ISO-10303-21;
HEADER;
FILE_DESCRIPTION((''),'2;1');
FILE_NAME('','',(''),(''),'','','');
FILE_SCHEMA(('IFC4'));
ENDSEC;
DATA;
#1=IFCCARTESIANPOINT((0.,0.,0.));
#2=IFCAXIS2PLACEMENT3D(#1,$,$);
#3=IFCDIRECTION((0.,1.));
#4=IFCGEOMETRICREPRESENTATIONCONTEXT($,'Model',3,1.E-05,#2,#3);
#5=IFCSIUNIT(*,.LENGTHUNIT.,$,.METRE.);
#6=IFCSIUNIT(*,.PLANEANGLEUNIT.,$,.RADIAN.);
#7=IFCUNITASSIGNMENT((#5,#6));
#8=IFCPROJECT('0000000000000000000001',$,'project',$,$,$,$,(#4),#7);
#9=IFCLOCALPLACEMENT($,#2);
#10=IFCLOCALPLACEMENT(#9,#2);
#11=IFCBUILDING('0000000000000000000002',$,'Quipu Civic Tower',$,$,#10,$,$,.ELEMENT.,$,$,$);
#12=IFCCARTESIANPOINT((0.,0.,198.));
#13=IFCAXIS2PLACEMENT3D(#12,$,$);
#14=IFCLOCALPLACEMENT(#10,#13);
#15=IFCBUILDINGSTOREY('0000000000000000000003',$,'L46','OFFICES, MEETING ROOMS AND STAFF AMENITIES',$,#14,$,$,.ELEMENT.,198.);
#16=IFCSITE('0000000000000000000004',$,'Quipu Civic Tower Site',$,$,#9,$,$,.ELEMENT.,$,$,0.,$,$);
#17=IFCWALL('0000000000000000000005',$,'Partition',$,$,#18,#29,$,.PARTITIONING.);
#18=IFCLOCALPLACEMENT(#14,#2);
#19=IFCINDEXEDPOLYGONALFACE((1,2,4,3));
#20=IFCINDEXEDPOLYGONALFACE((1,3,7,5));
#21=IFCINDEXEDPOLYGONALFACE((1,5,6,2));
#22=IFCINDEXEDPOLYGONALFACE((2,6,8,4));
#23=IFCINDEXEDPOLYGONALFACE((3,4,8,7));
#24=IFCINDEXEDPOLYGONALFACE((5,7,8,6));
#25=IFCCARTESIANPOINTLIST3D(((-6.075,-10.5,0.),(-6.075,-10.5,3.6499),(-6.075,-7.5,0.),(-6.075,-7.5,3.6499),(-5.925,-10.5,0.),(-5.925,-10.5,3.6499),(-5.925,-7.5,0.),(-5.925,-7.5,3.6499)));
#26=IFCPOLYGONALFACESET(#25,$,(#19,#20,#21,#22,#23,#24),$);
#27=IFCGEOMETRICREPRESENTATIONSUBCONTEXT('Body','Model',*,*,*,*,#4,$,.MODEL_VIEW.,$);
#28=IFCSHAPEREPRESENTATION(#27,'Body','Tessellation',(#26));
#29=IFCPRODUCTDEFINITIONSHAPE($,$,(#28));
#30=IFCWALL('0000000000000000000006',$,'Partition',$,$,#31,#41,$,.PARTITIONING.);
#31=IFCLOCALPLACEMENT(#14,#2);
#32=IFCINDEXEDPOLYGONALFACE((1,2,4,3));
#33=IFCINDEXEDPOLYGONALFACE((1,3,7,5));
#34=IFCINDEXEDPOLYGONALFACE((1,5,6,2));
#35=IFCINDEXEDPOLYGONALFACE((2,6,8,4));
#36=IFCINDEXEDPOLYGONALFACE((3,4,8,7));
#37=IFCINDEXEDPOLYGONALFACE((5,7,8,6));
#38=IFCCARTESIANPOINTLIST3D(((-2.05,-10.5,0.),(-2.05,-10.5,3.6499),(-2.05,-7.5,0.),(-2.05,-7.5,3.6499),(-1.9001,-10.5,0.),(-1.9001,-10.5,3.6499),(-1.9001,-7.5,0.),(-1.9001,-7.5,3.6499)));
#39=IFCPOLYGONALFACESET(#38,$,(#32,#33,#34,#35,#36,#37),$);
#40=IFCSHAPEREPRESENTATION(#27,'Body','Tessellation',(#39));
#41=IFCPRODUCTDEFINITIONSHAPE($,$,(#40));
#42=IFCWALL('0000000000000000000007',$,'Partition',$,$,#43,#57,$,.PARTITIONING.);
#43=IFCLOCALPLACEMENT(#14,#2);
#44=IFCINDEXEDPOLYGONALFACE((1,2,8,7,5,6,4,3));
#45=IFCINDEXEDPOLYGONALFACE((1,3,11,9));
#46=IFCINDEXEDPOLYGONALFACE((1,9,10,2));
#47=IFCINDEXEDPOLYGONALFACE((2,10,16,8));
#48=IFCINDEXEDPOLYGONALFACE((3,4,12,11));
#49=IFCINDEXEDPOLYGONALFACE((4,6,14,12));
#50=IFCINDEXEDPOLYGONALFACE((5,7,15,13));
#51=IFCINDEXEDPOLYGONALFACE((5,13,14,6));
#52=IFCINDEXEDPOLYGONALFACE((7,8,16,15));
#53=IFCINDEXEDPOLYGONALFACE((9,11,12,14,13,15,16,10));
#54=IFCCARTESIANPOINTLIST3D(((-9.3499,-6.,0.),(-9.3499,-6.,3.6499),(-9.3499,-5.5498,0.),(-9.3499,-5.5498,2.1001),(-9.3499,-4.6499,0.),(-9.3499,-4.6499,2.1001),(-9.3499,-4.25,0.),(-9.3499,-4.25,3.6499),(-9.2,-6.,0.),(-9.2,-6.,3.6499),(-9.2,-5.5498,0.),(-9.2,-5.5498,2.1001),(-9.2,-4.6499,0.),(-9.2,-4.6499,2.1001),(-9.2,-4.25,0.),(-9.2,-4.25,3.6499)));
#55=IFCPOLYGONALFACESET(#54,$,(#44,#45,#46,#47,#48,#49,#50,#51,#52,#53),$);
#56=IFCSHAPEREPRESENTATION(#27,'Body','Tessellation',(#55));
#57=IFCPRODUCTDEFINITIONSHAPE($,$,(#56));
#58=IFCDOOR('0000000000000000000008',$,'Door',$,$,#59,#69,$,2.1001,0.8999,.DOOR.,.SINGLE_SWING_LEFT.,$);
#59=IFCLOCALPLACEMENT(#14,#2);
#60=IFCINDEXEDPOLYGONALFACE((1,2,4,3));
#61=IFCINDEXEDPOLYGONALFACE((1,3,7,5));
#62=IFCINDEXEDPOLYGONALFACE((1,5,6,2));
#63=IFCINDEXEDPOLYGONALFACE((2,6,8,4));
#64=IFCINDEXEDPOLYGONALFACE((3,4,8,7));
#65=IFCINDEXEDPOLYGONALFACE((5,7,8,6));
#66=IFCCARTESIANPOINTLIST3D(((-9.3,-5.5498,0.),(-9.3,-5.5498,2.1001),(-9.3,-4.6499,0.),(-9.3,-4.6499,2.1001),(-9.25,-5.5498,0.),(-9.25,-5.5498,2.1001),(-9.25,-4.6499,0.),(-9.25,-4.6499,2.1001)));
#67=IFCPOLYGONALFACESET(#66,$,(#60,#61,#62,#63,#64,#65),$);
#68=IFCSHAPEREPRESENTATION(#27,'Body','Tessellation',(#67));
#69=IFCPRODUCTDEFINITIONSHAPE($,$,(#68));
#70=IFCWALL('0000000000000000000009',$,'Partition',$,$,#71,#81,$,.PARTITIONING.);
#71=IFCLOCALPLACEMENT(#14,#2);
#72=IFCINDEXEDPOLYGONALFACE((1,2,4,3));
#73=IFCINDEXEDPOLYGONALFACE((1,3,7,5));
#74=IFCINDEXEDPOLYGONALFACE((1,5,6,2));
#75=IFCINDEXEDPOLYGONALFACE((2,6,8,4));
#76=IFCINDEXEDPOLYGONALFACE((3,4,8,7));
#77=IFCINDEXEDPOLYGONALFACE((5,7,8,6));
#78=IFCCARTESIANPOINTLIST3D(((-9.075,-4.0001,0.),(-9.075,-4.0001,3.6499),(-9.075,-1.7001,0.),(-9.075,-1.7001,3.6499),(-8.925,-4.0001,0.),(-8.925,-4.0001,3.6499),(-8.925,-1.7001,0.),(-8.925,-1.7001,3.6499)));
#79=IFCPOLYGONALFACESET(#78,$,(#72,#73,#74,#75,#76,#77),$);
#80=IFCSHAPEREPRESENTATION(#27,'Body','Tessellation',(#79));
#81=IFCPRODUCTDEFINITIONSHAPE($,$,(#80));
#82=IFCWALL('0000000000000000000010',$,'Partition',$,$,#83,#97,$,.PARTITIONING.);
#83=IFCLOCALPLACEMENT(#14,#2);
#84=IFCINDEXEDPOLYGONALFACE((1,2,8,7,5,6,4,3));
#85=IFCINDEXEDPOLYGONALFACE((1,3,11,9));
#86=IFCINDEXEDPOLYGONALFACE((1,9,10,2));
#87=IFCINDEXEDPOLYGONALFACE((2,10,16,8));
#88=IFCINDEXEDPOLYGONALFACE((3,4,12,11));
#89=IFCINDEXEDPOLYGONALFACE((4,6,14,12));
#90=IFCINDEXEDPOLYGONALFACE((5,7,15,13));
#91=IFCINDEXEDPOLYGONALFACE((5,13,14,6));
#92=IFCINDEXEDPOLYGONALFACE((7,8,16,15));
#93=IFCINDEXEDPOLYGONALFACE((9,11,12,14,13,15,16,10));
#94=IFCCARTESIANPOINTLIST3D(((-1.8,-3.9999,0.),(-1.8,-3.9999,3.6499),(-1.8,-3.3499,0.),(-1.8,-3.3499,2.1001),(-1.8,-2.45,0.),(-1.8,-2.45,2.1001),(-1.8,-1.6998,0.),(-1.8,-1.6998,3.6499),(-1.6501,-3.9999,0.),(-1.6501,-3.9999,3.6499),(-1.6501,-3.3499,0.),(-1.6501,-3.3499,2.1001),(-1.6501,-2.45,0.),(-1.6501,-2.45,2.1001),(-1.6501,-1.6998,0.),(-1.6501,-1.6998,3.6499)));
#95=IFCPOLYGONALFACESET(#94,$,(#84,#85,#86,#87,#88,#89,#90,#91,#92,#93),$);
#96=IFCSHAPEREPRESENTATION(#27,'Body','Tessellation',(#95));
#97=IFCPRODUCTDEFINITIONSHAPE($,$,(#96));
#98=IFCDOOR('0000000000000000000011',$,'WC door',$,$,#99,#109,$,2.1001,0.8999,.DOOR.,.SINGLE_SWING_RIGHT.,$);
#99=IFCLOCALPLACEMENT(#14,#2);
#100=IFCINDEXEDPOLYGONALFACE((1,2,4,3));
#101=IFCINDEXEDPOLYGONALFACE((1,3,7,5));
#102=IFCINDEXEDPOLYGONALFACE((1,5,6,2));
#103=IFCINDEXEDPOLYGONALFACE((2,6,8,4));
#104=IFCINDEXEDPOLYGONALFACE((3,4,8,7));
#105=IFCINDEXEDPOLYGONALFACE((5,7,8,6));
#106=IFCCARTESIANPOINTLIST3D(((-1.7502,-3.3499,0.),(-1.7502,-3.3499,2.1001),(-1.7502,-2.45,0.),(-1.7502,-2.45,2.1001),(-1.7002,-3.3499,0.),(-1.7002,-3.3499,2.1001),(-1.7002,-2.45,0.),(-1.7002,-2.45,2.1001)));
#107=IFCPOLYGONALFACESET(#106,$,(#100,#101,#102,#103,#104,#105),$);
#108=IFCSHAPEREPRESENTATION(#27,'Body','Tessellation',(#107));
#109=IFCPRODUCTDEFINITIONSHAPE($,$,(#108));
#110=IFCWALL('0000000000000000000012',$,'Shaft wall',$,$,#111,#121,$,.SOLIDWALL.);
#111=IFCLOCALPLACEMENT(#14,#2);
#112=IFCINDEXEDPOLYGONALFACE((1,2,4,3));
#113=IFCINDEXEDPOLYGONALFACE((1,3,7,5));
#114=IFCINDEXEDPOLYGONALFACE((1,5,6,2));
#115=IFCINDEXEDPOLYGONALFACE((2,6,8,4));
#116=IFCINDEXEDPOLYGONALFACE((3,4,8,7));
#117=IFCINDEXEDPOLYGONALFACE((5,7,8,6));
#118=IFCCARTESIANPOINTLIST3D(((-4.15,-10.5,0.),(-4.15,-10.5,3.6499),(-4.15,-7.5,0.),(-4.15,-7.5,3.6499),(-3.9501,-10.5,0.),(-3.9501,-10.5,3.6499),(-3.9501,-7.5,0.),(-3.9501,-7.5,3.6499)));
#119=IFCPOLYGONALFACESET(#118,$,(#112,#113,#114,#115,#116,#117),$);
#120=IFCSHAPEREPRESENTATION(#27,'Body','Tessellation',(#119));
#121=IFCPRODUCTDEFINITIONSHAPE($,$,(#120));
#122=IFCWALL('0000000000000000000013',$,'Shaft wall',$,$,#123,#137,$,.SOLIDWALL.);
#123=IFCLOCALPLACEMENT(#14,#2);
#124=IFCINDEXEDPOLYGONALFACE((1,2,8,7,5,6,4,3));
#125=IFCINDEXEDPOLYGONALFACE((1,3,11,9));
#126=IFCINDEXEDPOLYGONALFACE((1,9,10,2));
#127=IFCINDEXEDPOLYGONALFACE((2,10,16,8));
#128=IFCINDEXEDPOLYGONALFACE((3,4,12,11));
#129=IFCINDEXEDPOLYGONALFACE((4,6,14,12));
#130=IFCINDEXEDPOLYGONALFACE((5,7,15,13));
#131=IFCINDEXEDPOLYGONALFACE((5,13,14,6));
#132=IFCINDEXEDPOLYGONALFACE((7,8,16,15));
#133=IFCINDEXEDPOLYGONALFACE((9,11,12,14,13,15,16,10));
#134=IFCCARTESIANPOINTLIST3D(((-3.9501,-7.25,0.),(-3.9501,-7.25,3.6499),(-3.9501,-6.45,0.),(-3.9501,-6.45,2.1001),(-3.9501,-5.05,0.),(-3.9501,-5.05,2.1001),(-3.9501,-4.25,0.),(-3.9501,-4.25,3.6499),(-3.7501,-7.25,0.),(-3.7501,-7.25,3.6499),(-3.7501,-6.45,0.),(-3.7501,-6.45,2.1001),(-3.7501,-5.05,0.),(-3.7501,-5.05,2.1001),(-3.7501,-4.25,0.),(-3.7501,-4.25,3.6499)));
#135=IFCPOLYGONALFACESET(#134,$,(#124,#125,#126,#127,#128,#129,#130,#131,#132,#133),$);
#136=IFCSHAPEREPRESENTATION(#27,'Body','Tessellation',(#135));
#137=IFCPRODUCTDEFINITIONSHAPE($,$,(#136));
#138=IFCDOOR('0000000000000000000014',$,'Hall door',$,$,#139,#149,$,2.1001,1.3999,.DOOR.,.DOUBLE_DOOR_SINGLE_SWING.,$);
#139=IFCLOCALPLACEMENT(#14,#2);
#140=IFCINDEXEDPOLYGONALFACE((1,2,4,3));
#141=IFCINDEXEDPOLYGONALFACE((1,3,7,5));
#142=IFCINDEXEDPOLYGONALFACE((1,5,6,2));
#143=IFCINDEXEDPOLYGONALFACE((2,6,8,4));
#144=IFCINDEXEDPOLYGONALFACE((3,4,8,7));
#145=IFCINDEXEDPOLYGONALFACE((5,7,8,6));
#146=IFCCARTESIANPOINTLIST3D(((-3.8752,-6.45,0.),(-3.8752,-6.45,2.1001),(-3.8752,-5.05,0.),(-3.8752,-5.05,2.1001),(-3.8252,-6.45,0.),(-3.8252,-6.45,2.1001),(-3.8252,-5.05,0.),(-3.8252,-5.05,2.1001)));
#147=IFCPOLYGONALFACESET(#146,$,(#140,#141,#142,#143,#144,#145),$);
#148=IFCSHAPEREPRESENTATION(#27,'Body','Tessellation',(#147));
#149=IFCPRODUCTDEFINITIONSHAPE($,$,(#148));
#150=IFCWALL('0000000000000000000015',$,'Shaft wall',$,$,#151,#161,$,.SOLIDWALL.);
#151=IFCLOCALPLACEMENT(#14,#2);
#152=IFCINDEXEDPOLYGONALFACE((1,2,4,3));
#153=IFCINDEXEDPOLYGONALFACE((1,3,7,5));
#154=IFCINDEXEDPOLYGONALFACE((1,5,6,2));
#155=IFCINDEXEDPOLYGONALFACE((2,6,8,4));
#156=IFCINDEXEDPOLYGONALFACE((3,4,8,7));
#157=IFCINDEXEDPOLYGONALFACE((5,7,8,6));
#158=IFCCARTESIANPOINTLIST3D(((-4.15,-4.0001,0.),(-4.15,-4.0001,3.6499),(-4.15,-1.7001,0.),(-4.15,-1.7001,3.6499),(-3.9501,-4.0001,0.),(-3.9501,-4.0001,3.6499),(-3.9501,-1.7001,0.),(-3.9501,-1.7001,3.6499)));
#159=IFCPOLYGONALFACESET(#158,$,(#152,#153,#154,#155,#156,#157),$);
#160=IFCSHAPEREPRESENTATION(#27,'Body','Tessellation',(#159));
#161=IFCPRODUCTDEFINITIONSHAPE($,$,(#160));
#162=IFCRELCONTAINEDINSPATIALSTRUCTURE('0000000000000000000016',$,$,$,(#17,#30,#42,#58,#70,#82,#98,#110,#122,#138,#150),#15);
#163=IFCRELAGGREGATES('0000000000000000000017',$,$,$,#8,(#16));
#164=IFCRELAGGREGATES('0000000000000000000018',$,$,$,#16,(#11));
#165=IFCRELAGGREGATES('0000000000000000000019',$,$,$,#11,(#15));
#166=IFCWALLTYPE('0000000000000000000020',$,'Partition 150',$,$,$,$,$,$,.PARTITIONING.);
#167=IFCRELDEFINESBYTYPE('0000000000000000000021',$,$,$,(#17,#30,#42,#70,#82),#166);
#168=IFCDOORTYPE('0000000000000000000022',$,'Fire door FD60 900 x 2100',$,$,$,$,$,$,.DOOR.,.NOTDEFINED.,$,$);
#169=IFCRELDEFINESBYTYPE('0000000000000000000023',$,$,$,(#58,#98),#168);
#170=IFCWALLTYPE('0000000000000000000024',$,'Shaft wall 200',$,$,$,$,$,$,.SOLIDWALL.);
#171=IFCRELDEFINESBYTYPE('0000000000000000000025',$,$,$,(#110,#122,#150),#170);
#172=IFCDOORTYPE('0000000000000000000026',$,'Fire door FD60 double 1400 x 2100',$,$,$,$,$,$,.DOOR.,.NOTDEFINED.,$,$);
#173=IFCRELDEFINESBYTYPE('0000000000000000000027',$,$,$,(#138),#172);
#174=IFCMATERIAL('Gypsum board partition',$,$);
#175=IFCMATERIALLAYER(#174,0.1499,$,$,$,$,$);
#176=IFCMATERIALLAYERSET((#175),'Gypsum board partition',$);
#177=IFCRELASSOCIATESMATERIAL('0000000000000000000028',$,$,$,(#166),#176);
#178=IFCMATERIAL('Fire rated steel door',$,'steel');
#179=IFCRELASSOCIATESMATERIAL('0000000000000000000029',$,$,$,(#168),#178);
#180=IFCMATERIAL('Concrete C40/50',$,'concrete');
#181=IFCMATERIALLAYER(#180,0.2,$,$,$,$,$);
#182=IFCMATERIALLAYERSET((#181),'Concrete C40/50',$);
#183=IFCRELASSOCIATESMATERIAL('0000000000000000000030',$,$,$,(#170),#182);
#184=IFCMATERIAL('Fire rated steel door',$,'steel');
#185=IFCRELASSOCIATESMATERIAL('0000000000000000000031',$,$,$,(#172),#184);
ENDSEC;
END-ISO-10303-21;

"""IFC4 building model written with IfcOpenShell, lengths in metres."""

from ifc_helpers import new_model, si_unit, direction, frame, frame_2d, origin, place, context, subcontext, project, spatial, rectangle, extrude, material, layer, layer_set, type_object, element, fill, save


model = new_model("IFC4")

# Units and contexts
model_context = context("Model", 3, precision=1e-05, world=origin(), true_north=direction((0.0, 1.0)))
body_context = subcontext(model_context, "Body", "Model", "MODEL_VIEW")
ifc_project = project(units=[si_unit("LENGTHUNIT", "METRE"), si_unit("PLANEANGLEUNIT", "RADIAN")], contexts=[model_context])

# Site, building, storey
site_placement = place(None, origin())
site = spatial("IfcSite", under=ifc_project, at=site_placement, Name="Quipu Civic Tower Site", CompositionType="ELEMENT", RefElevation=0.0)
building_placement = place(site_placement, origin())
building = spatial("IfcBuilding", under=site, at=building_placement, Name="Quipu Civic Tower", CompositionType="ELEMENT")
storey_placement = place(building_placement, frame((0.0, 0.0, 198.0)))
storey = spatial("IfcBuildingStorey", under=building, at=storey_placement, Name="L46", Description="OFFICES, MEETING ROOMS AND STAFF AMENITIES", CompositionType="ELEMENT", Elevation=198.0)

# Walls
ifc_material_1 = material(Name="Gypsum board partition")
ifc_layer_1 = layer(ifc_material_1, 0.1499)
ifc_layer_set_1 = layer_set([ifc_layer_1], Name="Gypsum board partition")
wall_type_1 = type_object("IfcWallType", Name="Partition 150", PredefinedType="PARTITIONING", material=ifc_layer_set_1)
for number, where, z_axis, x_axis, name in (
    (1, (-6.0, -10.5, 0.0), (0.0, 0.0, 1.0), (0.0, 1.0, 0.0), "Partition"),
    (2, (-1.9751, -10.5, 0.0), (0.0, 0.0, 1.0), (0.0, 1.0, 0.0), "Partition"),
):
    element("IfcWall", number, at=place(storey_placement, frame(where, z_axis=z_axis, x_axis=x_axis)), inside=storey, type_object=wall_type_1, Name=name, PredefinedType="PARTITIONING", context=body_context, shape_type="SweptSolid", body=[
        extrude(rectangle(XDim=3.0, YDim=0.1499, at=frame_2d((1.5, 0.0))), origin(), (0.0, 0.0, 1.0), 3.6499),
    ])

# Wall, opening, door
wall_1_placement = place(storey_placement, frame((-9.2749, -4.25, 0.0), z_axis=(0.0, 0.0, 1.0), x_axis=(0.0, -1.0, 0.0)))
wall_1 = element("IfcWall", 3, at=wall_1_placement, inside=storey, type_object=wall_type_1, Name="Partition", PredefinedType="PARTITIONING", context=body_context, shape_type="SweptSolid", body=[
    extrude(rectangle(XDim=1.75, YDim=0.1499, at=frame_2d((0.875, 0.0))), origin(), (0.0, 0.0, 1.0), 3.6499),
])
opening_1_placement = place(wall_1_placement, frame((0.3999, 0.0, 0.0)))
opening_1 = element("IfcOpeningElement", 4, at=opening_1_placement, cuts=wall_1, PredefinedType="OPENING", context=body_context, shape_type="SweptSolid", body=[
    extrude(rectangle(XDim=0.8999, YDim=2.1001, at=frame_2d((0.45, 1.05))), frame((0.0, 0.085, 0.0), z_axis=(0.0, -1.0, 0.0), x_axis=(1.0, 0.0, 0.0)), (0.0, 0.0, 1.0), 0.1699),
])
ifc_material_2 = material(Name="Fire rated steel door", Category="steel")
door_type_1 = type_object("IfcDoorType", Name="Fire door FD60 900 x 2100", OperationType="NOTDEFINED", PredefinedType="DOOR", material=ifc_material_2)
door_1_placement = place(opening_1_placement, origin())
door_1 = element("IfcDoor", 5, at=door_1_placement, inside=storey, type_object=door_type_1, Name="Door", OperationType="SINGLE_SWING_LEFT", OverallHeight=2.1001, OverallWidth=0.8999, PredefinedType="DOOR", context=body_context, shape_type="SweptSolid", body=[
    extrude(rectangle(XDim=0.8999, YDim=2.1001, at=frame_2d((0.45, 1.05))), frame((0.0, 0.0249, 0.0), z_axis=(0.0, -1.0, 0.0), x_axis=(1.0, 0.0, 0.0)), (0.0, 0.0, 1.0), 0.05),
])
fill(opening_1, door_1)

# Wall
wall_2_placement = place(storey_placement, frame((-9.0, -4.0, 0.0), z_axis=(0.0, 0.0, 1.0), x_axis=(0.0, 1.0, 0.0)))
element("IfcWall", 6, at=wall_2_placement, inside=storey, type_object=wall_type_1, Name="Partition", PredefinedType="PARTITIONING", context=body_context, shape_type="SweptSolid", body=[
    extrude(rectangle(XDim=2.3, YDim=0.1499, at=frame_2d((1.1499, 0.0))), origin(), (0.0, 0.0, 1.0), 3.6499),
])

# Wall, opening, door
wall_3_placement = place(storey_placement, frame((-1.7251, -1.7, 0.0), z_axis=(0.0, 0.0, 1.0), x_axis=(0.0, -1.0, 0.0)))
wall_3 = element("IfcWall", 7, at=wall_3_placement, inside=storey, type_object=wall_type_1, Name="Partition", PredefinedType="PARTITIONING", context=body_context, shape_type="SweptSolid", body=[
    extrude(rectangle(XDim=2.3, YDim=0.1499, at=frame_2d((1.1499, 0.0))), origin(), (0.0, 0.0, 1.0), 3.6499),
])
opening_2_placement = place(wall_3_placement, frame((0.75, 0.0, 0.0)))
opening_2 = element("IfcOpeningElement", 8, at=opening_2_placement, cuts=wall_3, PredefinedType="OPENING", context=body_context, shape_type="SweptSolid", body=[
    extrude(rectangle(XDim=0.8999, YDim=2.1001, at=frame_2d((0.45, 1.05))), frame((0.0, 0.085, 0.0), z_axis=(0.0, -1.0, 0.0), x_axis=(1.0, 0.0, 0.0)), (0.0, 0.0, 1.0), 0.1699),
])
door_2_placement = place(opening_2_placement, origin())
door_2 = element("IfcDoor", 9, at=door_2_placement, inside=storey, type_object=door_type_1, Name="WC door", OperationType="SINGLE_SWING_RIGHT", OverallHeight=2.1001, OverallWidth=0.8999, PredefinedType="DOOR", context=body_context, shape_type="SweptSolid", body=[
    extrude(rectangle(XDim=0.8999, YDim=2.1001, at=frame_2d((0.45, 1.05))), frame((0.0, 0.0249, 0.0), z_axis=(0.0, -1.0, 0.0), x_axis=(1.0, 0.0, 0.0)), (0.0, 0.0, 1.0), 0.05),
])
fill(opening_2, door_2)

# Wall
ifc_material_3 = material(Name="Concrete C40/50", Category="concrete")
ifc_layer_2 = layer(ifc_material_3, 0.2)
ifc_layer_set_2 = layer_set([ifc_layer_2], Name="Concrete C40/50")
wall_type_2 = type_object("IfcWallType", Name="Shaft wall 200", PredefinedType="SOLIDWALL", material=ifc_layer_set_2)
wall_4_placement = place(storey_placement, frame((-4.05, -10.5, 0.0), z_axis=(0.0, 0.0, 1.0), x_axis=(0.0, 1.0, 0.0)))
element("IfcWall", 10, at=wall_4_placement, inside=storey, type_object=wall_type_2, Name="Shaft wall", PredefinedType="SOLIDWALL", context=body_context, shape_type="SweptSolid", body=[
    extrude(rectangle(XDim=3.0, YDim=0.2, at=frame_2d((1.5, 0.0))), origin(), (0.0, 0.0, 1.0), 3.6499),
])

# Wall, opening, door
wall_5_placement = place(storey_placement, frame((-3.8501, -4.25, 0.0), z_axis=(0.0, 0.0, 1.0), x_axis=(0.0, -1.0, 0.0)))
wall_5 = element("IfcWall", 11, at=wall_5_placement, inside=storey, type_object=wall_type_2, Name="Shaft wall", PredefinedType="SOLIDWALL", context=body_context, shape_type="SweptSolid", body=[
    extrude(rectangle(XDim=3.0, YDim=0.2, at=frame_2d((1.5, 0.0))), origin(), (0.0, 0.0, 1.0), 3.6499),
])
opening_3_placement = place(wall_5_placement, frame((0.8, 0.0, 0.0)))
opening_3 = element("IfcOpeningElement", 12, at=opening_3_placement, cuts=wall_5, PredefinedType="OPENING", context=body_context, shape_type="SweptSolid", body=[
    extrude(rectangle(XDim=1.3999, YDim=2.1001, at=frame_2d((0.7, 1.05))), frame((0.0, 0.1099, 0.0), z_axis=(0.0, -1.0, 0.0), x_axis=(1.0, 0.0, 0.0)), (0.0, 0.0, 1.0), 0.22),
])
ifc_material_4 = material(Name="Fire rated steel door", Category="steel")
door_type_2 = type_object("IfcDoorType", Name="Fire door FD60 double 1400 x 2100", OperationType="NOTDEFINED", PredefinedType="DOOR", material=ifc_material_4)
door_3_placement = place(opening_3_placement, origin())
door_3 = element("IfcDoor", 13, at=door_3_placement, inside=storey, type_object=door_type_2, Name="Hall door", OperationType="DOUBLE_DOOR_SINGLE_SWING", OverallHeight=2.1001, OverallWidth=1.3999, PredefinedType="DOOR", context=body_context, shape_type="SweptSolid", body=[
    extrude(rectangle(XDim=1.3999, YDim=2.1001, at=frame_2d((0.7, 1.05))), frame((0.0, 0.0249, 0.0), z_axis=(0.0, -1.0, 0.0), x_axis=(1.0, 0.0, 0.0)), (0.0, 0.0, 1.0), 0.05),
])
fill(opening_3, door_3)

# Wall
wall_6_placement = place(storey_placement, frame((-4.05, -4.0, 0.0), z_axis=(0.0, 0.0, 1.0), x_axis=(0.0, 1.0, 0.0)))
element("IfcWall", 14, at=wall_6_placement, inside=storey, type_object=wall_type_2, Name="Shaft wall", PredefinedType="SOLIDWALL", context=body_context, shape_type="SweptSolid", body=[
    extrude(rectangle(XDim=2.3, YDim=0.2, at=frame_2d((1.1499, 0.0))), origin(), (0.0, 0.0, 1.0), 3.6499),
])

save(model, "model.ifc")
